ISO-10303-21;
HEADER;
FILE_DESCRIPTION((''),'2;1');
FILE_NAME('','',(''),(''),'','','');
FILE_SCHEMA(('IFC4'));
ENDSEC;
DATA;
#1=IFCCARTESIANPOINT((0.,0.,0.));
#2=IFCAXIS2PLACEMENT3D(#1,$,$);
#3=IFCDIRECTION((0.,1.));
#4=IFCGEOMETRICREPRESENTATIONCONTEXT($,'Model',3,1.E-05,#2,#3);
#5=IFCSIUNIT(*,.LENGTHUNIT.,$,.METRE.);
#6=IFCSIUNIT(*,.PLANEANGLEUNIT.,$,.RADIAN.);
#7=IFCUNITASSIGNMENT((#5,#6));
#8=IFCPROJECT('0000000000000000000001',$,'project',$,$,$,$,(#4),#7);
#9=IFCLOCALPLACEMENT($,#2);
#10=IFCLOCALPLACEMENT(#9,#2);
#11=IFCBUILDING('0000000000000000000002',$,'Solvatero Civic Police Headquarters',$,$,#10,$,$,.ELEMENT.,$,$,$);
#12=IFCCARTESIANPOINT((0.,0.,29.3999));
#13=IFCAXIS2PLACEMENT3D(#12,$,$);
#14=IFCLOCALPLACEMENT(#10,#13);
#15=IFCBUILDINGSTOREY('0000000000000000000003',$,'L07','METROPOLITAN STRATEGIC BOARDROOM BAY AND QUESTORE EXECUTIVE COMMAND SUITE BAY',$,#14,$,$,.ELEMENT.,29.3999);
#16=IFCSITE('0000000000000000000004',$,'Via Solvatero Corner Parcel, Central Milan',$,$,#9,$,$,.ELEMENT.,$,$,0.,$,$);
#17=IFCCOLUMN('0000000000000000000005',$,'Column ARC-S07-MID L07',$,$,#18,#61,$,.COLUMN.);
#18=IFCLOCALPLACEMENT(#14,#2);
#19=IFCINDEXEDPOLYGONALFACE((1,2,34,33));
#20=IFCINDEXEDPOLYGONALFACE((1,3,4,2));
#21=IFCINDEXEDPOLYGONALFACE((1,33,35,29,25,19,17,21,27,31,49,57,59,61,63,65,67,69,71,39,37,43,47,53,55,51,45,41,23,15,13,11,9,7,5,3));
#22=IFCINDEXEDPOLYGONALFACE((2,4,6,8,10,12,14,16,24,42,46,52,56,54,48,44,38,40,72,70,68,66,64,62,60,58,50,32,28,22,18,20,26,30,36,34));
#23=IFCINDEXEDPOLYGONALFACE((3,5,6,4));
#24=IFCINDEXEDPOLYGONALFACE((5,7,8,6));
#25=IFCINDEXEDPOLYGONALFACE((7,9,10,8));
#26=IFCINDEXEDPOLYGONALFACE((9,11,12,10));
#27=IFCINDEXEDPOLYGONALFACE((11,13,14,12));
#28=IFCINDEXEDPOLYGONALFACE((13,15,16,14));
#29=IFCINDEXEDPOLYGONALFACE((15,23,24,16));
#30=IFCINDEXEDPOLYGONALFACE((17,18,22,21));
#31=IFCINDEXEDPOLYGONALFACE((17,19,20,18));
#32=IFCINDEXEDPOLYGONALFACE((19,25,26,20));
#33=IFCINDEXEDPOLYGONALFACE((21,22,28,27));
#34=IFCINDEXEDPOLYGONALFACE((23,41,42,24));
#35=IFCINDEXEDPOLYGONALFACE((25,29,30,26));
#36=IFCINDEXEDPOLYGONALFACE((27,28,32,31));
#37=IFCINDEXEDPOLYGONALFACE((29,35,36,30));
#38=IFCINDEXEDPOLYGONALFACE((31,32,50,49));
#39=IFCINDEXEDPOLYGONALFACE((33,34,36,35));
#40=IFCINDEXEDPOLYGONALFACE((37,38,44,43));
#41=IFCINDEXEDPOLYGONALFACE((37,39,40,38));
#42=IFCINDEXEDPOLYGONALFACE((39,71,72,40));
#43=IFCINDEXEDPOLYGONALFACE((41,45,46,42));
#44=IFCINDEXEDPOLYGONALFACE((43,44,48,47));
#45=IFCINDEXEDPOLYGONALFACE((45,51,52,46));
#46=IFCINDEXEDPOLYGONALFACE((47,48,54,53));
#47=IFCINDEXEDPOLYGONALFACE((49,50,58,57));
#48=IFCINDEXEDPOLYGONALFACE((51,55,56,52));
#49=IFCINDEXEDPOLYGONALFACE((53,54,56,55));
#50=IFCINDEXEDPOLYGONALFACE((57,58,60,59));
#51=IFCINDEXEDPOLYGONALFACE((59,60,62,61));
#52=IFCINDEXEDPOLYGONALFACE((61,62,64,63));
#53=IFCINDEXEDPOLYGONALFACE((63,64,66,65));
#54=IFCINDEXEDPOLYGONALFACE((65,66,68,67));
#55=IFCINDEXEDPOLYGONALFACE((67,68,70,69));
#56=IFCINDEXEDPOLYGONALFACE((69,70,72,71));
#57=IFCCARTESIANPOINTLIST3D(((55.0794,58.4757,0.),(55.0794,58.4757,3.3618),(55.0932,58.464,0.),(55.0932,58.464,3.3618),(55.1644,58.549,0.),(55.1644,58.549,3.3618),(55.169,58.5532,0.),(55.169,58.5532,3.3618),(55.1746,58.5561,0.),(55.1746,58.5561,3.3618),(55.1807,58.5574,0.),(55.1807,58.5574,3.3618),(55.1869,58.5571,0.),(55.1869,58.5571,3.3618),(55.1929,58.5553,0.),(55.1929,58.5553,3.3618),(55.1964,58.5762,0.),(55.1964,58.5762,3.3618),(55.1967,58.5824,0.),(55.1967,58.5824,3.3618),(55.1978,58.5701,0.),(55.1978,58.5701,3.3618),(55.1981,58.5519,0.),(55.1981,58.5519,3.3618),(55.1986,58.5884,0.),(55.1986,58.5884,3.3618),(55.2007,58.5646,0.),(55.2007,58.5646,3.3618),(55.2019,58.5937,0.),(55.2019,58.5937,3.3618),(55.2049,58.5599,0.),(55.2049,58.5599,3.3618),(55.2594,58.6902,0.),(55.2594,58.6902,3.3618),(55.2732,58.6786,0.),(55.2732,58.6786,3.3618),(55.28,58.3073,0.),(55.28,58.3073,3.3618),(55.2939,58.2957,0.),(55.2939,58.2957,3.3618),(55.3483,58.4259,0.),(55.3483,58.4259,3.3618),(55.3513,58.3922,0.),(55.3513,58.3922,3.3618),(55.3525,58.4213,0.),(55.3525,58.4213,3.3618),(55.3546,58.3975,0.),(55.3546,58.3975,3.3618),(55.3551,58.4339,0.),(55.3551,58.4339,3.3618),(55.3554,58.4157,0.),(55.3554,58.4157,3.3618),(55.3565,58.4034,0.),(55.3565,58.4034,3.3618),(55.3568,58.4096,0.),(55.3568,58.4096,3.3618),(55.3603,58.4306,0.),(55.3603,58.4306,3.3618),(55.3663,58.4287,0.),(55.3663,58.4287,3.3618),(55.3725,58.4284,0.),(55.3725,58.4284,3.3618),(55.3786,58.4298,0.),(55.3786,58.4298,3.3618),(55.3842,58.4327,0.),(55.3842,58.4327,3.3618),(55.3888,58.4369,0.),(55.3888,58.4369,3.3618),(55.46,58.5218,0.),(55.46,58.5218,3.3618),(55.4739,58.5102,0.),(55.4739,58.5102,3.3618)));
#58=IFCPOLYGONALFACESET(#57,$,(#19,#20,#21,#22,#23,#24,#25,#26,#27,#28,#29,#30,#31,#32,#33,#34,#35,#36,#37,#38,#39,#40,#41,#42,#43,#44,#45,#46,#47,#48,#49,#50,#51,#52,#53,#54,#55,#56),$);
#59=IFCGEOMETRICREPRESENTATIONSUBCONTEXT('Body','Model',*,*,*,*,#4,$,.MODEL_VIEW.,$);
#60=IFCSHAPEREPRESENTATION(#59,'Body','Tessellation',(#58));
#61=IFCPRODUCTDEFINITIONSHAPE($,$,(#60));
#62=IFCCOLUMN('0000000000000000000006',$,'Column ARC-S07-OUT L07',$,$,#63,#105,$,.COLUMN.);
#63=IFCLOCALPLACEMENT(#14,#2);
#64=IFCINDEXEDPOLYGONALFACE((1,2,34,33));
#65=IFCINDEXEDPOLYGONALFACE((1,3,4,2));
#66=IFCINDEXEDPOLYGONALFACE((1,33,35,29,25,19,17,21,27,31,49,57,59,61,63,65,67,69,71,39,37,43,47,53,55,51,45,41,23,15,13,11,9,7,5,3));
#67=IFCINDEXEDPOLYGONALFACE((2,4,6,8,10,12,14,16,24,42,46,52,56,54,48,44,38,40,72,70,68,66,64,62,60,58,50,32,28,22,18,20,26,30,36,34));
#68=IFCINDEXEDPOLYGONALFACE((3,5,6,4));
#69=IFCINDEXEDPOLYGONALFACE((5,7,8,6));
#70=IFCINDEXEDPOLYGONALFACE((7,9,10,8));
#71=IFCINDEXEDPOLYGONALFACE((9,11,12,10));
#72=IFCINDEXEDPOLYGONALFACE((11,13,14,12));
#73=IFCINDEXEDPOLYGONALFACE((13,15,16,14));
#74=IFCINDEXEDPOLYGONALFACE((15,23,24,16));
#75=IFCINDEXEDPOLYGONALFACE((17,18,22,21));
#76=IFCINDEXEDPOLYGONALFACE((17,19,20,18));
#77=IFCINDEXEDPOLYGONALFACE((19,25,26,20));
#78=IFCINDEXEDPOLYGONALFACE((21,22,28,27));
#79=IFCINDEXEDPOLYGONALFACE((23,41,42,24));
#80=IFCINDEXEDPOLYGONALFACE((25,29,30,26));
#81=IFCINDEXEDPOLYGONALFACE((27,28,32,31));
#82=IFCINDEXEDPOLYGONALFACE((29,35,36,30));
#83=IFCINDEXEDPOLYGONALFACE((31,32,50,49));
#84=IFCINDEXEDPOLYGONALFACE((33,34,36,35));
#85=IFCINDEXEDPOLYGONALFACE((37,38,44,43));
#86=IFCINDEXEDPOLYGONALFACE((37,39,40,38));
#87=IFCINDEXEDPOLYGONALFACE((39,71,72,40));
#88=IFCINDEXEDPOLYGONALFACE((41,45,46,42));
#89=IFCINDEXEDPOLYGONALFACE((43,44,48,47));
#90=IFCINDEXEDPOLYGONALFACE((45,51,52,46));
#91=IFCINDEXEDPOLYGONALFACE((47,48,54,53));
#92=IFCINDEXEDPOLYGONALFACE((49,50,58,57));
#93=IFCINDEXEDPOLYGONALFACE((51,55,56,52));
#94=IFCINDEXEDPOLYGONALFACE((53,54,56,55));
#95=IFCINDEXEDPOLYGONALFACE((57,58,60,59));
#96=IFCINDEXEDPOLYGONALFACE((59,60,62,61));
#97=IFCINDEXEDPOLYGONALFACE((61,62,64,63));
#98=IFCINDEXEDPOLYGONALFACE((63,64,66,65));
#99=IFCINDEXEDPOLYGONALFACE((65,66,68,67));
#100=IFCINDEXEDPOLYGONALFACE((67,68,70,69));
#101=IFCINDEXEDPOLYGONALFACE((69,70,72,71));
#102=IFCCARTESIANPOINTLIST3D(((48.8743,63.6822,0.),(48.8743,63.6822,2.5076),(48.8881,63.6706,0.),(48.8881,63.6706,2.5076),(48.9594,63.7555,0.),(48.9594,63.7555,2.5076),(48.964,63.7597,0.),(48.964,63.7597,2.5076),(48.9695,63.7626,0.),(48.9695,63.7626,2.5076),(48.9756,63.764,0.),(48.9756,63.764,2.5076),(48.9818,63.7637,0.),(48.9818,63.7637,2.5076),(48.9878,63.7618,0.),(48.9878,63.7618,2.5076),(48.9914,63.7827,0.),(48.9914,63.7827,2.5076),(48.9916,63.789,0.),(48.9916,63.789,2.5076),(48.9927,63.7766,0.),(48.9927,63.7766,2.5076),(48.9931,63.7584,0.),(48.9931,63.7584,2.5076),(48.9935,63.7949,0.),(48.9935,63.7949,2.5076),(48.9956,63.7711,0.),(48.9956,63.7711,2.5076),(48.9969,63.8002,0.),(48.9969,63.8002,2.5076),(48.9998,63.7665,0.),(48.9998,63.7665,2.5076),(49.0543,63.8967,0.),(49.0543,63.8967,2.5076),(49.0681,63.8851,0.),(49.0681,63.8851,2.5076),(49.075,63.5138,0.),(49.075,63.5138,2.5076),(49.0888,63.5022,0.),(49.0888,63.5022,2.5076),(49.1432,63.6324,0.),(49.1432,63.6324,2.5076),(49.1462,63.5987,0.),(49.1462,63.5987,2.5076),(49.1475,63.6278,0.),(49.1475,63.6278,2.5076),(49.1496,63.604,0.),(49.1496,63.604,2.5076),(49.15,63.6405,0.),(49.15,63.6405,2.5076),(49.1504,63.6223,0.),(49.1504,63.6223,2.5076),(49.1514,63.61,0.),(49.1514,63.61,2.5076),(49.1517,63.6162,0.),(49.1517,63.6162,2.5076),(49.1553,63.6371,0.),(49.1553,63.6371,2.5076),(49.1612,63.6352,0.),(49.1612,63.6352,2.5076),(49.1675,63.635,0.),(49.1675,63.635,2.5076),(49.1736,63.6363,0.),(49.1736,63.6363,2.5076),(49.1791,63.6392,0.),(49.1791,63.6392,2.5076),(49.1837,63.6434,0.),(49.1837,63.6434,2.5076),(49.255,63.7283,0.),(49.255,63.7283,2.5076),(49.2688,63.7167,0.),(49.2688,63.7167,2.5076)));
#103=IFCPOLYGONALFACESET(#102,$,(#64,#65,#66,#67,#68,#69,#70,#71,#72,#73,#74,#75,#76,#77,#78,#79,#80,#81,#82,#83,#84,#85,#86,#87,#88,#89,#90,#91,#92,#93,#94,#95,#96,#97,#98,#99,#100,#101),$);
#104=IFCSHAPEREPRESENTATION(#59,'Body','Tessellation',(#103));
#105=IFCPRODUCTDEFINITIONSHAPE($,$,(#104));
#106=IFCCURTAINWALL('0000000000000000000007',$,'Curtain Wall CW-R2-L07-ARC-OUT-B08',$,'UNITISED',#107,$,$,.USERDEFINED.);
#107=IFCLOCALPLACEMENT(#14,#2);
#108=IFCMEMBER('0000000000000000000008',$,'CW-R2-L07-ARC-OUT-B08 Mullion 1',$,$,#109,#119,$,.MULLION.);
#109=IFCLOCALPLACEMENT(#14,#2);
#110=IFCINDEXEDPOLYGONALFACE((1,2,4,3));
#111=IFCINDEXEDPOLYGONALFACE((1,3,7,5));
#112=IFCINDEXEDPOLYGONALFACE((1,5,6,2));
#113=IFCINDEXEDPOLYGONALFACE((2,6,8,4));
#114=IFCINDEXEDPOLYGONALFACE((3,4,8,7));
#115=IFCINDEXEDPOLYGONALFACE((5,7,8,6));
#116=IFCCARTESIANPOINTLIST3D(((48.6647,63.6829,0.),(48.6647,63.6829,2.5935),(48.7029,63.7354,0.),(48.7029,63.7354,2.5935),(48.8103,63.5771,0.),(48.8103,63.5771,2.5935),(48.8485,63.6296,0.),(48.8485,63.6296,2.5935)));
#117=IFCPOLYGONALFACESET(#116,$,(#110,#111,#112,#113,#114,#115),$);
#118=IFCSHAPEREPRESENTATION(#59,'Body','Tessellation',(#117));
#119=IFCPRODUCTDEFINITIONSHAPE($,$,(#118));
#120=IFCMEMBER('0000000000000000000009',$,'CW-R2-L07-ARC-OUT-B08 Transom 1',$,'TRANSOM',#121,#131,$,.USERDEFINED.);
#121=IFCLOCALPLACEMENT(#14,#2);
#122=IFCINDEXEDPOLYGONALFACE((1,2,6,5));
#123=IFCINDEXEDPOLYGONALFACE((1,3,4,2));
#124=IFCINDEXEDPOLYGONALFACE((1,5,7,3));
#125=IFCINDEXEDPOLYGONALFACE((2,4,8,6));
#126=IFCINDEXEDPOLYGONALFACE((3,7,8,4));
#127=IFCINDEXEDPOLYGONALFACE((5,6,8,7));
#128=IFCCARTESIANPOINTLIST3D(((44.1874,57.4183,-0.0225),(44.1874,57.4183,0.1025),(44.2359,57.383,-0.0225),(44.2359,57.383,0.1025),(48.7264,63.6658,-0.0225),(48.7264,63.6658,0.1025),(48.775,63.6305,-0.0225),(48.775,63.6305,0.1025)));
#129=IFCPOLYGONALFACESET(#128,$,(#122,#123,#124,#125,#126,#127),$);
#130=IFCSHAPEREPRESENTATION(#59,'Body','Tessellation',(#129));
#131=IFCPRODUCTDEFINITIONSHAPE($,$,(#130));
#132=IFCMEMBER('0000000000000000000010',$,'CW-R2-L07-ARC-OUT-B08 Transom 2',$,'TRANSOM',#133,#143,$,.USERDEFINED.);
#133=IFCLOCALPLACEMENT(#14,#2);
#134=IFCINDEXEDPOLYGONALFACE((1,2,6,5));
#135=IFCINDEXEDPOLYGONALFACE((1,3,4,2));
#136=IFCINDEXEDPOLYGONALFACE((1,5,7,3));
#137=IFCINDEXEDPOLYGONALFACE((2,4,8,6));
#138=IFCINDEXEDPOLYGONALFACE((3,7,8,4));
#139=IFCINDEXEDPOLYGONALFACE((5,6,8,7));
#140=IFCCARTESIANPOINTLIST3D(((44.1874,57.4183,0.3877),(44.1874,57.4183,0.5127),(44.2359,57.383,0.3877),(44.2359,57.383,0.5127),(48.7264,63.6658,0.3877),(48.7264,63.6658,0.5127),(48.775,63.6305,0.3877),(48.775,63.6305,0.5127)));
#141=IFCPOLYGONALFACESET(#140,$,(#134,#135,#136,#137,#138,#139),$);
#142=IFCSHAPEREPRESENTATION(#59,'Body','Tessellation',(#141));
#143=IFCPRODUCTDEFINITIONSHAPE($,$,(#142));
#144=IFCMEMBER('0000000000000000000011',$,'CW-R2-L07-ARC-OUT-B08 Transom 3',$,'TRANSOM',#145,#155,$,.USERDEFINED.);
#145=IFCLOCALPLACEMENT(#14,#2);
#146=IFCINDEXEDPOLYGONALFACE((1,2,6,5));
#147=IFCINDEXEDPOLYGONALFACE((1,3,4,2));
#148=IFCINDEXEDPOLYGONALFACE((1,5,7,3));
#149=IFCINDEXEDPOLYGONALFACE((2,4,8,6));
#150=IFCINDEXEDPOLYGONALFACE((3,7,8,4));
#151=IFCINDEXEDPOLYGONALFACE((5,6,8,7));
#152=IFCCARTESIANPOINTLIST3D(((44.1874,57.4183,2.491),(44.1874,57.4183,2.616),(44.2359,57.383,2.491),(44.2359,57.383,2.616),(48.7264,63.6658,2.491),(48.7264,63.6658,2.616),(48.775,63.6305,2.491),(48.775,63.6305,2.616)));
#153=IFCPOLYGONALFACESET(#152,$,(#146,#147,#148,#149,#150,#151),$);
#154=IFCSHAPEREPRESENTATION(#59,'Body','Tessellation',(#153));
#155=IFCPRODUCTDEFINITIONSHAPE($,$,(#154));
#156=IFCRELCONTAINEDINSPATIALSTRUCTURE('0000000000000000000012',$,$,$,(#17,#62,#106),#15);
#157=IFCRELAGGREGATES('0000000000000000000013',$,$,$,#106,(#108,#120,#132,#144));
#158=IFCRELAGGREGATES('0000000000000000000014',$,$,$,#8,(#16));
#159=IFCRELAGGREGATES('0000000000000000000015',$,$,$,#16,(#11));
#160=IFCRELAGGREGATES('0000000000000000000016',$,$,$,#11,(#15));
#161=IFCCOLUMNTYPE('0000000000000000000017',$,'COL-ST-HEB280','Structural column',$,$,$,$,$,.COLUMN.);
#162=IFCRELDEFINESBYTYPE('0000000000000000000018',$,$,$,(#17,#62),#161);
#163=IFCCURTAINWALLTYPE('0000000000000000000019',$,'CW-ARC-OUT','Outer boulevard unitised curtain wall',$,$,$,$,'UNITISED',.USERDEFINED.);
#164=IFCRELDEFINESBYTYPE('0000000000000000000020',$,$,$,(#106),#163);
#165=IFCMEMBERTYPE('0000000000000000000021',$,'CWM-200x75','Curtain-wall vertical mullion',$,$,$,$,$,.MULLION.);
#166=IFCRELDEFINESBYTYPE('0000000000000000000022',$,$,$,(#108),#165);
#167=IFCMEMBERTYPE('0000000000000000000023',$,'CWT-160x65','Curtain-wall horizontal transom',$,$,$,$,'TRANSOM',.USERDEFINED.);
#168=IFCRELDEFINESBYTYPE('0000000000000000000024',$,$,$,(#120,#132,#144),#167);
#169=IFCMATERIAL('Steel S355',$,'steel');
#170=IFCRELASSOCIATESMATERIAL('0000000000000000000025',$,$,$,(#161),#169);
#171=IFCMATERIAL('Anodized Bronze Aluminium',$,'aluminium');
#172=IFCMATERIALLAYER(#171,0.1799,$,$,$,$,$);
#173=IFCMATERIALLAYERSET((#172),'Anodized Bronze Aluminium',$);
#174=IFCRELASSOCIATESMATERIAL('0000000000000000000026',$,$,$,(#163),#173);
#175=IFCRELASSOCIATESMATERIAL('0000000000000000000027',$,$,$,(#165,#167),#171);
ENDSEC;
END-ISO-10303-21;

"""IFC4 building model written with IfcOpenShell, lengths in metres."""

from ifc_helpers import new_model, si_unit, direction, frame, origin, origin_2d, place, context, subcontext, project, spatial, rectangle, i_section, extrude, material, layer, layer_set, material_profile, profile_set, type_object, element, aggregate, save


model = new_model("IFC4")

# Units and contexts
model_context = context("Model", 3, precision=1e-05, world=origin(), true_north=direction((0.0, 1.0)))
body_context = subcontext(model_context, "Body", "Model", "MODEL_VIEW")
ifc_project = project(units=[si_unit("LENGTHUNIT", "METRE"), si_unit("PLANEANGLEUNIT", "RADIAN")], contexts=[model_context])

# Site, building, storey
site_placement = place(None, origin())
site = spatial("IfcSite", under=ifc_project, at=site_placement, Name="Via Solvatero Corner Parcel, Central Milan", CompositionType="ELEMENT", RefElevation=0.0)
building_placement = place(site_placement, origin())
building = spatial("IfcBuilding", under=site, at=building_placement, Name="Solvatero Civic Police Headquarters", CompositionType="ELEMENT")
storey_placement = place(building_placement, frame((0.0, 0.0, 29.3999)))
storey = spatial("IfcBuildingStorey", under=building, at=storey_placement, Name="L07", Description="METROPOLITAN STRATEGIC BOARDROOM BAY AND QUESTORE EXECUTIVE COMMAND SUITE BAY", CompositionType="ELEMENT", Elevation=29.3999)

# Columns
ifc_material_1 = material(Name="Steel S355", Category="steel")
ifc_material_profile_1 = material_profile(ifc_material_1, i_section(OverallWidth=0.28, OverallDepth=0.28, WebThickness=0.0105, FlangeThickness=0.0181, FilletRadius=0.0239, at=origin_2d()), Name="HEB 280")
ifc_profile_set_1 = profile_set([ifc_material_profile_1], Name="Steel S355")
column_type = type_object("IfcColumnType", Name="COL-ST-HEB280", Description="Structural column", PredefinedType="COLUMN", material=ifc_profile_set_1)
column_1_placement = place(storey_placement, frame((55.2766, 58.4929, 0.0), z_axis=(0.0, 0.0, 1.0), x_axis=(0.642788, 0.766044, 0.0)))
element("IfcColumn", 1, at=column_1_placement, inside=storey, type_object=column_type, Name="Column ARC-S07-MID L07", PredefinedType="COLUMN", context=body_context, shape_type="SweptSolid", body=[
    extrude(i_section(OverallWidth=0.28, OverallDepth=0.28, WebThickness=0.0105, FlangeThickness=0.0181, FilletRadius=0.0239, at=origin_2d()), origin(), (0.0, 0.0, 1.0), 3.3618),
])
column_2_placement = place(storey_placement, frame((49.0715, 63.6995, 0.0), z_axis=(0.0, 0.0, 1.0), x_axis=(0.642788, 0.766044, 0.0)))
element("IfcColumn", 2, at=column_2_placement, inside=storey, type_object=column_type, Name="Column ARC-S07-OUT L07", PredefinedType="COLUMN", context=body_context, shape_type="SweptSolid", body=[
    extrude(i_section(OverallWidth=0.28, OverallDepth=0.28, WebThickness=0.0105, FlangeThickness=0.0181, FilletRadius=0.0239, at=origin_2d()), origin(), (0.0, 0.0, 1.0), 2.5076),
])

# Curtain wall, members
ifc_material_2 = material(Name="Anodized Bronze Aluminium", Category="aluminium")
ifc_layer_1 = layer(ifc_material_2, 0.1799)
ifc_layer_set_1 = layer_set([ifc_layer_1], Name="Anodized Bronze Aluminium")
curtain_wall_type = type_object("IfcCurtainWallType", Name="CW-ARC-OUT", Description="Outer boulevard unitised curtain wall", ElementType="UNITISED", PredefinedType="USERDEFINED", material=ifc_layer_set_1)
curtain_wall_placement = place(storey_placement, origin())
curtain_wall = element("IfcCurtainWall", 3, at=curtain_wall_placement, inside=storey, type_object=curtain_wall_type, Name="Curtain Wall CW-R2-L07-ARC-OUT-B08", ObjectType="UNITISED", PredefinedType="USERDEFINED")
ifc_material_profile_2 = material_profile(ifc_material_2, rectangle(XDim=0.0649, YDim=0.1799, at=origin_2d()), Name="ALU MULLION 65x180")
ifc_profile_set_2 = profile_set([ifc_material_profile_2], Name="Anodized Bronze Aluminium")
member_type_1 = type_object("IfcMemberType", Name="CWM-200x75", Description="Curtain-wall vertical mullion", PredefinedType="MULLION", material=ifc_profile_set_2)
member_1_placement = place(storey_placement, frame((48.7566, 63.6562, 0.0), z_axis=(0.0, 0.0, 1.0), x_axis=(-0.587785, -0.809017, 0.0)))
member_1 = element("IfcMember", 4, at=member_1_placement, type_object=member_type_1, Name="CW-R2-L07-ARC-OUT-B08 Mullion 1", PredefinedType="MULLION", context=body_context, shape_type="SweptSolid", body=[
    extrude(rectangle(XDim=0.0649, YDim=0.1799, at=origin_2d()), origin(), (0.0, 0.0, 1.0), 2.5935),
])
ifc_material_profile_3 = material_profile(ifc_material_2, rectangle(XDim=0.0601, YDim=0.125, at=origin_2d()), Name="ALU TRANSOM 60x125")
ifc_profile_set_3 = profile_set([ifc_material_profile_3], Name="Anodized Bronze Aluminium")
member_type_2 = type_object("IfcMemberType", Name="CWT-160x65", Description="Curtain-wall horizontal transom", ElementType="TRANSOM", PredefinedType="USERDEFINED", material=ifc_profile_set_3)
member_2_placement = place(storey_placement, frame((48.7507, 63.6482, 0.04), z_axis=(-0.587781, -0.80902, 0.0), x_axis=(0.80902, -0.587781, 0.0)))
member_2 = element("IfcMember", 5, at=member_2_placement, type_object=member_type_2, Name="CW-R2-L07-ARC-OUT-B08 Transom 1", ObjectType="TRANSOM", PredefinedType="USERDEFINED", context=body_context, shape_type="SweptSolid", body=[
    extrude(rectangle(XDim=0.0601, YDim=0.125, at=origin_2d()), origin(), (0.0, 0.0, 1.0), 7.7224),
])
member_3_placement = place(storey_placement, frame((48.7507, 63.6482, 0.4502), z_axis=(-0.587781, -0.80902, 0.0), x_axis=(0.80902, -0.587781, 0.0)))
member_3 = element("IfcMember", 6, at=member_3_placement, type_object=member_type_2, Name="CW-R2-L07-ARC-OUT-B08 Transom 2", ObjectType="TRANSOM", PredefinedType="USERDEFINED", context=body_context, shape_type="SweptSolid", body=[
    extrude(rectangle(XDim=0.0601, YDim=0.125, at=origin_2d()), origin(), (0.0, 0.0, 1.0), 7.7224),
])
member_4_placement = place(storey_placement, frame((48.7507, 63.6482, 2.5535), z_axis=(-0.587781, -0.80902, 0.0), x_axis=(0.80902, -0.587781, 0.0)))
member_4 = element("IfcMember", 7, at=member_4_placement, type_object=member_type_2, Name="CW-R2-L07-ARC-OUT-B08 Transom 3", ObjectType="TRANSOM", PredefinedType="USERDEFINED", context=body_context, shape_type="SweptSolid", body=[
    extrude(rectangle(XDim=0.0601, YDim=0.125, at=origin_2d()), origin(), (0.0, 0.0, 1.0), 7.7224),
])
aggregate(curtain_wall, [member_1, member_2, member_3, member_4])

save(model, "model.ifc")
